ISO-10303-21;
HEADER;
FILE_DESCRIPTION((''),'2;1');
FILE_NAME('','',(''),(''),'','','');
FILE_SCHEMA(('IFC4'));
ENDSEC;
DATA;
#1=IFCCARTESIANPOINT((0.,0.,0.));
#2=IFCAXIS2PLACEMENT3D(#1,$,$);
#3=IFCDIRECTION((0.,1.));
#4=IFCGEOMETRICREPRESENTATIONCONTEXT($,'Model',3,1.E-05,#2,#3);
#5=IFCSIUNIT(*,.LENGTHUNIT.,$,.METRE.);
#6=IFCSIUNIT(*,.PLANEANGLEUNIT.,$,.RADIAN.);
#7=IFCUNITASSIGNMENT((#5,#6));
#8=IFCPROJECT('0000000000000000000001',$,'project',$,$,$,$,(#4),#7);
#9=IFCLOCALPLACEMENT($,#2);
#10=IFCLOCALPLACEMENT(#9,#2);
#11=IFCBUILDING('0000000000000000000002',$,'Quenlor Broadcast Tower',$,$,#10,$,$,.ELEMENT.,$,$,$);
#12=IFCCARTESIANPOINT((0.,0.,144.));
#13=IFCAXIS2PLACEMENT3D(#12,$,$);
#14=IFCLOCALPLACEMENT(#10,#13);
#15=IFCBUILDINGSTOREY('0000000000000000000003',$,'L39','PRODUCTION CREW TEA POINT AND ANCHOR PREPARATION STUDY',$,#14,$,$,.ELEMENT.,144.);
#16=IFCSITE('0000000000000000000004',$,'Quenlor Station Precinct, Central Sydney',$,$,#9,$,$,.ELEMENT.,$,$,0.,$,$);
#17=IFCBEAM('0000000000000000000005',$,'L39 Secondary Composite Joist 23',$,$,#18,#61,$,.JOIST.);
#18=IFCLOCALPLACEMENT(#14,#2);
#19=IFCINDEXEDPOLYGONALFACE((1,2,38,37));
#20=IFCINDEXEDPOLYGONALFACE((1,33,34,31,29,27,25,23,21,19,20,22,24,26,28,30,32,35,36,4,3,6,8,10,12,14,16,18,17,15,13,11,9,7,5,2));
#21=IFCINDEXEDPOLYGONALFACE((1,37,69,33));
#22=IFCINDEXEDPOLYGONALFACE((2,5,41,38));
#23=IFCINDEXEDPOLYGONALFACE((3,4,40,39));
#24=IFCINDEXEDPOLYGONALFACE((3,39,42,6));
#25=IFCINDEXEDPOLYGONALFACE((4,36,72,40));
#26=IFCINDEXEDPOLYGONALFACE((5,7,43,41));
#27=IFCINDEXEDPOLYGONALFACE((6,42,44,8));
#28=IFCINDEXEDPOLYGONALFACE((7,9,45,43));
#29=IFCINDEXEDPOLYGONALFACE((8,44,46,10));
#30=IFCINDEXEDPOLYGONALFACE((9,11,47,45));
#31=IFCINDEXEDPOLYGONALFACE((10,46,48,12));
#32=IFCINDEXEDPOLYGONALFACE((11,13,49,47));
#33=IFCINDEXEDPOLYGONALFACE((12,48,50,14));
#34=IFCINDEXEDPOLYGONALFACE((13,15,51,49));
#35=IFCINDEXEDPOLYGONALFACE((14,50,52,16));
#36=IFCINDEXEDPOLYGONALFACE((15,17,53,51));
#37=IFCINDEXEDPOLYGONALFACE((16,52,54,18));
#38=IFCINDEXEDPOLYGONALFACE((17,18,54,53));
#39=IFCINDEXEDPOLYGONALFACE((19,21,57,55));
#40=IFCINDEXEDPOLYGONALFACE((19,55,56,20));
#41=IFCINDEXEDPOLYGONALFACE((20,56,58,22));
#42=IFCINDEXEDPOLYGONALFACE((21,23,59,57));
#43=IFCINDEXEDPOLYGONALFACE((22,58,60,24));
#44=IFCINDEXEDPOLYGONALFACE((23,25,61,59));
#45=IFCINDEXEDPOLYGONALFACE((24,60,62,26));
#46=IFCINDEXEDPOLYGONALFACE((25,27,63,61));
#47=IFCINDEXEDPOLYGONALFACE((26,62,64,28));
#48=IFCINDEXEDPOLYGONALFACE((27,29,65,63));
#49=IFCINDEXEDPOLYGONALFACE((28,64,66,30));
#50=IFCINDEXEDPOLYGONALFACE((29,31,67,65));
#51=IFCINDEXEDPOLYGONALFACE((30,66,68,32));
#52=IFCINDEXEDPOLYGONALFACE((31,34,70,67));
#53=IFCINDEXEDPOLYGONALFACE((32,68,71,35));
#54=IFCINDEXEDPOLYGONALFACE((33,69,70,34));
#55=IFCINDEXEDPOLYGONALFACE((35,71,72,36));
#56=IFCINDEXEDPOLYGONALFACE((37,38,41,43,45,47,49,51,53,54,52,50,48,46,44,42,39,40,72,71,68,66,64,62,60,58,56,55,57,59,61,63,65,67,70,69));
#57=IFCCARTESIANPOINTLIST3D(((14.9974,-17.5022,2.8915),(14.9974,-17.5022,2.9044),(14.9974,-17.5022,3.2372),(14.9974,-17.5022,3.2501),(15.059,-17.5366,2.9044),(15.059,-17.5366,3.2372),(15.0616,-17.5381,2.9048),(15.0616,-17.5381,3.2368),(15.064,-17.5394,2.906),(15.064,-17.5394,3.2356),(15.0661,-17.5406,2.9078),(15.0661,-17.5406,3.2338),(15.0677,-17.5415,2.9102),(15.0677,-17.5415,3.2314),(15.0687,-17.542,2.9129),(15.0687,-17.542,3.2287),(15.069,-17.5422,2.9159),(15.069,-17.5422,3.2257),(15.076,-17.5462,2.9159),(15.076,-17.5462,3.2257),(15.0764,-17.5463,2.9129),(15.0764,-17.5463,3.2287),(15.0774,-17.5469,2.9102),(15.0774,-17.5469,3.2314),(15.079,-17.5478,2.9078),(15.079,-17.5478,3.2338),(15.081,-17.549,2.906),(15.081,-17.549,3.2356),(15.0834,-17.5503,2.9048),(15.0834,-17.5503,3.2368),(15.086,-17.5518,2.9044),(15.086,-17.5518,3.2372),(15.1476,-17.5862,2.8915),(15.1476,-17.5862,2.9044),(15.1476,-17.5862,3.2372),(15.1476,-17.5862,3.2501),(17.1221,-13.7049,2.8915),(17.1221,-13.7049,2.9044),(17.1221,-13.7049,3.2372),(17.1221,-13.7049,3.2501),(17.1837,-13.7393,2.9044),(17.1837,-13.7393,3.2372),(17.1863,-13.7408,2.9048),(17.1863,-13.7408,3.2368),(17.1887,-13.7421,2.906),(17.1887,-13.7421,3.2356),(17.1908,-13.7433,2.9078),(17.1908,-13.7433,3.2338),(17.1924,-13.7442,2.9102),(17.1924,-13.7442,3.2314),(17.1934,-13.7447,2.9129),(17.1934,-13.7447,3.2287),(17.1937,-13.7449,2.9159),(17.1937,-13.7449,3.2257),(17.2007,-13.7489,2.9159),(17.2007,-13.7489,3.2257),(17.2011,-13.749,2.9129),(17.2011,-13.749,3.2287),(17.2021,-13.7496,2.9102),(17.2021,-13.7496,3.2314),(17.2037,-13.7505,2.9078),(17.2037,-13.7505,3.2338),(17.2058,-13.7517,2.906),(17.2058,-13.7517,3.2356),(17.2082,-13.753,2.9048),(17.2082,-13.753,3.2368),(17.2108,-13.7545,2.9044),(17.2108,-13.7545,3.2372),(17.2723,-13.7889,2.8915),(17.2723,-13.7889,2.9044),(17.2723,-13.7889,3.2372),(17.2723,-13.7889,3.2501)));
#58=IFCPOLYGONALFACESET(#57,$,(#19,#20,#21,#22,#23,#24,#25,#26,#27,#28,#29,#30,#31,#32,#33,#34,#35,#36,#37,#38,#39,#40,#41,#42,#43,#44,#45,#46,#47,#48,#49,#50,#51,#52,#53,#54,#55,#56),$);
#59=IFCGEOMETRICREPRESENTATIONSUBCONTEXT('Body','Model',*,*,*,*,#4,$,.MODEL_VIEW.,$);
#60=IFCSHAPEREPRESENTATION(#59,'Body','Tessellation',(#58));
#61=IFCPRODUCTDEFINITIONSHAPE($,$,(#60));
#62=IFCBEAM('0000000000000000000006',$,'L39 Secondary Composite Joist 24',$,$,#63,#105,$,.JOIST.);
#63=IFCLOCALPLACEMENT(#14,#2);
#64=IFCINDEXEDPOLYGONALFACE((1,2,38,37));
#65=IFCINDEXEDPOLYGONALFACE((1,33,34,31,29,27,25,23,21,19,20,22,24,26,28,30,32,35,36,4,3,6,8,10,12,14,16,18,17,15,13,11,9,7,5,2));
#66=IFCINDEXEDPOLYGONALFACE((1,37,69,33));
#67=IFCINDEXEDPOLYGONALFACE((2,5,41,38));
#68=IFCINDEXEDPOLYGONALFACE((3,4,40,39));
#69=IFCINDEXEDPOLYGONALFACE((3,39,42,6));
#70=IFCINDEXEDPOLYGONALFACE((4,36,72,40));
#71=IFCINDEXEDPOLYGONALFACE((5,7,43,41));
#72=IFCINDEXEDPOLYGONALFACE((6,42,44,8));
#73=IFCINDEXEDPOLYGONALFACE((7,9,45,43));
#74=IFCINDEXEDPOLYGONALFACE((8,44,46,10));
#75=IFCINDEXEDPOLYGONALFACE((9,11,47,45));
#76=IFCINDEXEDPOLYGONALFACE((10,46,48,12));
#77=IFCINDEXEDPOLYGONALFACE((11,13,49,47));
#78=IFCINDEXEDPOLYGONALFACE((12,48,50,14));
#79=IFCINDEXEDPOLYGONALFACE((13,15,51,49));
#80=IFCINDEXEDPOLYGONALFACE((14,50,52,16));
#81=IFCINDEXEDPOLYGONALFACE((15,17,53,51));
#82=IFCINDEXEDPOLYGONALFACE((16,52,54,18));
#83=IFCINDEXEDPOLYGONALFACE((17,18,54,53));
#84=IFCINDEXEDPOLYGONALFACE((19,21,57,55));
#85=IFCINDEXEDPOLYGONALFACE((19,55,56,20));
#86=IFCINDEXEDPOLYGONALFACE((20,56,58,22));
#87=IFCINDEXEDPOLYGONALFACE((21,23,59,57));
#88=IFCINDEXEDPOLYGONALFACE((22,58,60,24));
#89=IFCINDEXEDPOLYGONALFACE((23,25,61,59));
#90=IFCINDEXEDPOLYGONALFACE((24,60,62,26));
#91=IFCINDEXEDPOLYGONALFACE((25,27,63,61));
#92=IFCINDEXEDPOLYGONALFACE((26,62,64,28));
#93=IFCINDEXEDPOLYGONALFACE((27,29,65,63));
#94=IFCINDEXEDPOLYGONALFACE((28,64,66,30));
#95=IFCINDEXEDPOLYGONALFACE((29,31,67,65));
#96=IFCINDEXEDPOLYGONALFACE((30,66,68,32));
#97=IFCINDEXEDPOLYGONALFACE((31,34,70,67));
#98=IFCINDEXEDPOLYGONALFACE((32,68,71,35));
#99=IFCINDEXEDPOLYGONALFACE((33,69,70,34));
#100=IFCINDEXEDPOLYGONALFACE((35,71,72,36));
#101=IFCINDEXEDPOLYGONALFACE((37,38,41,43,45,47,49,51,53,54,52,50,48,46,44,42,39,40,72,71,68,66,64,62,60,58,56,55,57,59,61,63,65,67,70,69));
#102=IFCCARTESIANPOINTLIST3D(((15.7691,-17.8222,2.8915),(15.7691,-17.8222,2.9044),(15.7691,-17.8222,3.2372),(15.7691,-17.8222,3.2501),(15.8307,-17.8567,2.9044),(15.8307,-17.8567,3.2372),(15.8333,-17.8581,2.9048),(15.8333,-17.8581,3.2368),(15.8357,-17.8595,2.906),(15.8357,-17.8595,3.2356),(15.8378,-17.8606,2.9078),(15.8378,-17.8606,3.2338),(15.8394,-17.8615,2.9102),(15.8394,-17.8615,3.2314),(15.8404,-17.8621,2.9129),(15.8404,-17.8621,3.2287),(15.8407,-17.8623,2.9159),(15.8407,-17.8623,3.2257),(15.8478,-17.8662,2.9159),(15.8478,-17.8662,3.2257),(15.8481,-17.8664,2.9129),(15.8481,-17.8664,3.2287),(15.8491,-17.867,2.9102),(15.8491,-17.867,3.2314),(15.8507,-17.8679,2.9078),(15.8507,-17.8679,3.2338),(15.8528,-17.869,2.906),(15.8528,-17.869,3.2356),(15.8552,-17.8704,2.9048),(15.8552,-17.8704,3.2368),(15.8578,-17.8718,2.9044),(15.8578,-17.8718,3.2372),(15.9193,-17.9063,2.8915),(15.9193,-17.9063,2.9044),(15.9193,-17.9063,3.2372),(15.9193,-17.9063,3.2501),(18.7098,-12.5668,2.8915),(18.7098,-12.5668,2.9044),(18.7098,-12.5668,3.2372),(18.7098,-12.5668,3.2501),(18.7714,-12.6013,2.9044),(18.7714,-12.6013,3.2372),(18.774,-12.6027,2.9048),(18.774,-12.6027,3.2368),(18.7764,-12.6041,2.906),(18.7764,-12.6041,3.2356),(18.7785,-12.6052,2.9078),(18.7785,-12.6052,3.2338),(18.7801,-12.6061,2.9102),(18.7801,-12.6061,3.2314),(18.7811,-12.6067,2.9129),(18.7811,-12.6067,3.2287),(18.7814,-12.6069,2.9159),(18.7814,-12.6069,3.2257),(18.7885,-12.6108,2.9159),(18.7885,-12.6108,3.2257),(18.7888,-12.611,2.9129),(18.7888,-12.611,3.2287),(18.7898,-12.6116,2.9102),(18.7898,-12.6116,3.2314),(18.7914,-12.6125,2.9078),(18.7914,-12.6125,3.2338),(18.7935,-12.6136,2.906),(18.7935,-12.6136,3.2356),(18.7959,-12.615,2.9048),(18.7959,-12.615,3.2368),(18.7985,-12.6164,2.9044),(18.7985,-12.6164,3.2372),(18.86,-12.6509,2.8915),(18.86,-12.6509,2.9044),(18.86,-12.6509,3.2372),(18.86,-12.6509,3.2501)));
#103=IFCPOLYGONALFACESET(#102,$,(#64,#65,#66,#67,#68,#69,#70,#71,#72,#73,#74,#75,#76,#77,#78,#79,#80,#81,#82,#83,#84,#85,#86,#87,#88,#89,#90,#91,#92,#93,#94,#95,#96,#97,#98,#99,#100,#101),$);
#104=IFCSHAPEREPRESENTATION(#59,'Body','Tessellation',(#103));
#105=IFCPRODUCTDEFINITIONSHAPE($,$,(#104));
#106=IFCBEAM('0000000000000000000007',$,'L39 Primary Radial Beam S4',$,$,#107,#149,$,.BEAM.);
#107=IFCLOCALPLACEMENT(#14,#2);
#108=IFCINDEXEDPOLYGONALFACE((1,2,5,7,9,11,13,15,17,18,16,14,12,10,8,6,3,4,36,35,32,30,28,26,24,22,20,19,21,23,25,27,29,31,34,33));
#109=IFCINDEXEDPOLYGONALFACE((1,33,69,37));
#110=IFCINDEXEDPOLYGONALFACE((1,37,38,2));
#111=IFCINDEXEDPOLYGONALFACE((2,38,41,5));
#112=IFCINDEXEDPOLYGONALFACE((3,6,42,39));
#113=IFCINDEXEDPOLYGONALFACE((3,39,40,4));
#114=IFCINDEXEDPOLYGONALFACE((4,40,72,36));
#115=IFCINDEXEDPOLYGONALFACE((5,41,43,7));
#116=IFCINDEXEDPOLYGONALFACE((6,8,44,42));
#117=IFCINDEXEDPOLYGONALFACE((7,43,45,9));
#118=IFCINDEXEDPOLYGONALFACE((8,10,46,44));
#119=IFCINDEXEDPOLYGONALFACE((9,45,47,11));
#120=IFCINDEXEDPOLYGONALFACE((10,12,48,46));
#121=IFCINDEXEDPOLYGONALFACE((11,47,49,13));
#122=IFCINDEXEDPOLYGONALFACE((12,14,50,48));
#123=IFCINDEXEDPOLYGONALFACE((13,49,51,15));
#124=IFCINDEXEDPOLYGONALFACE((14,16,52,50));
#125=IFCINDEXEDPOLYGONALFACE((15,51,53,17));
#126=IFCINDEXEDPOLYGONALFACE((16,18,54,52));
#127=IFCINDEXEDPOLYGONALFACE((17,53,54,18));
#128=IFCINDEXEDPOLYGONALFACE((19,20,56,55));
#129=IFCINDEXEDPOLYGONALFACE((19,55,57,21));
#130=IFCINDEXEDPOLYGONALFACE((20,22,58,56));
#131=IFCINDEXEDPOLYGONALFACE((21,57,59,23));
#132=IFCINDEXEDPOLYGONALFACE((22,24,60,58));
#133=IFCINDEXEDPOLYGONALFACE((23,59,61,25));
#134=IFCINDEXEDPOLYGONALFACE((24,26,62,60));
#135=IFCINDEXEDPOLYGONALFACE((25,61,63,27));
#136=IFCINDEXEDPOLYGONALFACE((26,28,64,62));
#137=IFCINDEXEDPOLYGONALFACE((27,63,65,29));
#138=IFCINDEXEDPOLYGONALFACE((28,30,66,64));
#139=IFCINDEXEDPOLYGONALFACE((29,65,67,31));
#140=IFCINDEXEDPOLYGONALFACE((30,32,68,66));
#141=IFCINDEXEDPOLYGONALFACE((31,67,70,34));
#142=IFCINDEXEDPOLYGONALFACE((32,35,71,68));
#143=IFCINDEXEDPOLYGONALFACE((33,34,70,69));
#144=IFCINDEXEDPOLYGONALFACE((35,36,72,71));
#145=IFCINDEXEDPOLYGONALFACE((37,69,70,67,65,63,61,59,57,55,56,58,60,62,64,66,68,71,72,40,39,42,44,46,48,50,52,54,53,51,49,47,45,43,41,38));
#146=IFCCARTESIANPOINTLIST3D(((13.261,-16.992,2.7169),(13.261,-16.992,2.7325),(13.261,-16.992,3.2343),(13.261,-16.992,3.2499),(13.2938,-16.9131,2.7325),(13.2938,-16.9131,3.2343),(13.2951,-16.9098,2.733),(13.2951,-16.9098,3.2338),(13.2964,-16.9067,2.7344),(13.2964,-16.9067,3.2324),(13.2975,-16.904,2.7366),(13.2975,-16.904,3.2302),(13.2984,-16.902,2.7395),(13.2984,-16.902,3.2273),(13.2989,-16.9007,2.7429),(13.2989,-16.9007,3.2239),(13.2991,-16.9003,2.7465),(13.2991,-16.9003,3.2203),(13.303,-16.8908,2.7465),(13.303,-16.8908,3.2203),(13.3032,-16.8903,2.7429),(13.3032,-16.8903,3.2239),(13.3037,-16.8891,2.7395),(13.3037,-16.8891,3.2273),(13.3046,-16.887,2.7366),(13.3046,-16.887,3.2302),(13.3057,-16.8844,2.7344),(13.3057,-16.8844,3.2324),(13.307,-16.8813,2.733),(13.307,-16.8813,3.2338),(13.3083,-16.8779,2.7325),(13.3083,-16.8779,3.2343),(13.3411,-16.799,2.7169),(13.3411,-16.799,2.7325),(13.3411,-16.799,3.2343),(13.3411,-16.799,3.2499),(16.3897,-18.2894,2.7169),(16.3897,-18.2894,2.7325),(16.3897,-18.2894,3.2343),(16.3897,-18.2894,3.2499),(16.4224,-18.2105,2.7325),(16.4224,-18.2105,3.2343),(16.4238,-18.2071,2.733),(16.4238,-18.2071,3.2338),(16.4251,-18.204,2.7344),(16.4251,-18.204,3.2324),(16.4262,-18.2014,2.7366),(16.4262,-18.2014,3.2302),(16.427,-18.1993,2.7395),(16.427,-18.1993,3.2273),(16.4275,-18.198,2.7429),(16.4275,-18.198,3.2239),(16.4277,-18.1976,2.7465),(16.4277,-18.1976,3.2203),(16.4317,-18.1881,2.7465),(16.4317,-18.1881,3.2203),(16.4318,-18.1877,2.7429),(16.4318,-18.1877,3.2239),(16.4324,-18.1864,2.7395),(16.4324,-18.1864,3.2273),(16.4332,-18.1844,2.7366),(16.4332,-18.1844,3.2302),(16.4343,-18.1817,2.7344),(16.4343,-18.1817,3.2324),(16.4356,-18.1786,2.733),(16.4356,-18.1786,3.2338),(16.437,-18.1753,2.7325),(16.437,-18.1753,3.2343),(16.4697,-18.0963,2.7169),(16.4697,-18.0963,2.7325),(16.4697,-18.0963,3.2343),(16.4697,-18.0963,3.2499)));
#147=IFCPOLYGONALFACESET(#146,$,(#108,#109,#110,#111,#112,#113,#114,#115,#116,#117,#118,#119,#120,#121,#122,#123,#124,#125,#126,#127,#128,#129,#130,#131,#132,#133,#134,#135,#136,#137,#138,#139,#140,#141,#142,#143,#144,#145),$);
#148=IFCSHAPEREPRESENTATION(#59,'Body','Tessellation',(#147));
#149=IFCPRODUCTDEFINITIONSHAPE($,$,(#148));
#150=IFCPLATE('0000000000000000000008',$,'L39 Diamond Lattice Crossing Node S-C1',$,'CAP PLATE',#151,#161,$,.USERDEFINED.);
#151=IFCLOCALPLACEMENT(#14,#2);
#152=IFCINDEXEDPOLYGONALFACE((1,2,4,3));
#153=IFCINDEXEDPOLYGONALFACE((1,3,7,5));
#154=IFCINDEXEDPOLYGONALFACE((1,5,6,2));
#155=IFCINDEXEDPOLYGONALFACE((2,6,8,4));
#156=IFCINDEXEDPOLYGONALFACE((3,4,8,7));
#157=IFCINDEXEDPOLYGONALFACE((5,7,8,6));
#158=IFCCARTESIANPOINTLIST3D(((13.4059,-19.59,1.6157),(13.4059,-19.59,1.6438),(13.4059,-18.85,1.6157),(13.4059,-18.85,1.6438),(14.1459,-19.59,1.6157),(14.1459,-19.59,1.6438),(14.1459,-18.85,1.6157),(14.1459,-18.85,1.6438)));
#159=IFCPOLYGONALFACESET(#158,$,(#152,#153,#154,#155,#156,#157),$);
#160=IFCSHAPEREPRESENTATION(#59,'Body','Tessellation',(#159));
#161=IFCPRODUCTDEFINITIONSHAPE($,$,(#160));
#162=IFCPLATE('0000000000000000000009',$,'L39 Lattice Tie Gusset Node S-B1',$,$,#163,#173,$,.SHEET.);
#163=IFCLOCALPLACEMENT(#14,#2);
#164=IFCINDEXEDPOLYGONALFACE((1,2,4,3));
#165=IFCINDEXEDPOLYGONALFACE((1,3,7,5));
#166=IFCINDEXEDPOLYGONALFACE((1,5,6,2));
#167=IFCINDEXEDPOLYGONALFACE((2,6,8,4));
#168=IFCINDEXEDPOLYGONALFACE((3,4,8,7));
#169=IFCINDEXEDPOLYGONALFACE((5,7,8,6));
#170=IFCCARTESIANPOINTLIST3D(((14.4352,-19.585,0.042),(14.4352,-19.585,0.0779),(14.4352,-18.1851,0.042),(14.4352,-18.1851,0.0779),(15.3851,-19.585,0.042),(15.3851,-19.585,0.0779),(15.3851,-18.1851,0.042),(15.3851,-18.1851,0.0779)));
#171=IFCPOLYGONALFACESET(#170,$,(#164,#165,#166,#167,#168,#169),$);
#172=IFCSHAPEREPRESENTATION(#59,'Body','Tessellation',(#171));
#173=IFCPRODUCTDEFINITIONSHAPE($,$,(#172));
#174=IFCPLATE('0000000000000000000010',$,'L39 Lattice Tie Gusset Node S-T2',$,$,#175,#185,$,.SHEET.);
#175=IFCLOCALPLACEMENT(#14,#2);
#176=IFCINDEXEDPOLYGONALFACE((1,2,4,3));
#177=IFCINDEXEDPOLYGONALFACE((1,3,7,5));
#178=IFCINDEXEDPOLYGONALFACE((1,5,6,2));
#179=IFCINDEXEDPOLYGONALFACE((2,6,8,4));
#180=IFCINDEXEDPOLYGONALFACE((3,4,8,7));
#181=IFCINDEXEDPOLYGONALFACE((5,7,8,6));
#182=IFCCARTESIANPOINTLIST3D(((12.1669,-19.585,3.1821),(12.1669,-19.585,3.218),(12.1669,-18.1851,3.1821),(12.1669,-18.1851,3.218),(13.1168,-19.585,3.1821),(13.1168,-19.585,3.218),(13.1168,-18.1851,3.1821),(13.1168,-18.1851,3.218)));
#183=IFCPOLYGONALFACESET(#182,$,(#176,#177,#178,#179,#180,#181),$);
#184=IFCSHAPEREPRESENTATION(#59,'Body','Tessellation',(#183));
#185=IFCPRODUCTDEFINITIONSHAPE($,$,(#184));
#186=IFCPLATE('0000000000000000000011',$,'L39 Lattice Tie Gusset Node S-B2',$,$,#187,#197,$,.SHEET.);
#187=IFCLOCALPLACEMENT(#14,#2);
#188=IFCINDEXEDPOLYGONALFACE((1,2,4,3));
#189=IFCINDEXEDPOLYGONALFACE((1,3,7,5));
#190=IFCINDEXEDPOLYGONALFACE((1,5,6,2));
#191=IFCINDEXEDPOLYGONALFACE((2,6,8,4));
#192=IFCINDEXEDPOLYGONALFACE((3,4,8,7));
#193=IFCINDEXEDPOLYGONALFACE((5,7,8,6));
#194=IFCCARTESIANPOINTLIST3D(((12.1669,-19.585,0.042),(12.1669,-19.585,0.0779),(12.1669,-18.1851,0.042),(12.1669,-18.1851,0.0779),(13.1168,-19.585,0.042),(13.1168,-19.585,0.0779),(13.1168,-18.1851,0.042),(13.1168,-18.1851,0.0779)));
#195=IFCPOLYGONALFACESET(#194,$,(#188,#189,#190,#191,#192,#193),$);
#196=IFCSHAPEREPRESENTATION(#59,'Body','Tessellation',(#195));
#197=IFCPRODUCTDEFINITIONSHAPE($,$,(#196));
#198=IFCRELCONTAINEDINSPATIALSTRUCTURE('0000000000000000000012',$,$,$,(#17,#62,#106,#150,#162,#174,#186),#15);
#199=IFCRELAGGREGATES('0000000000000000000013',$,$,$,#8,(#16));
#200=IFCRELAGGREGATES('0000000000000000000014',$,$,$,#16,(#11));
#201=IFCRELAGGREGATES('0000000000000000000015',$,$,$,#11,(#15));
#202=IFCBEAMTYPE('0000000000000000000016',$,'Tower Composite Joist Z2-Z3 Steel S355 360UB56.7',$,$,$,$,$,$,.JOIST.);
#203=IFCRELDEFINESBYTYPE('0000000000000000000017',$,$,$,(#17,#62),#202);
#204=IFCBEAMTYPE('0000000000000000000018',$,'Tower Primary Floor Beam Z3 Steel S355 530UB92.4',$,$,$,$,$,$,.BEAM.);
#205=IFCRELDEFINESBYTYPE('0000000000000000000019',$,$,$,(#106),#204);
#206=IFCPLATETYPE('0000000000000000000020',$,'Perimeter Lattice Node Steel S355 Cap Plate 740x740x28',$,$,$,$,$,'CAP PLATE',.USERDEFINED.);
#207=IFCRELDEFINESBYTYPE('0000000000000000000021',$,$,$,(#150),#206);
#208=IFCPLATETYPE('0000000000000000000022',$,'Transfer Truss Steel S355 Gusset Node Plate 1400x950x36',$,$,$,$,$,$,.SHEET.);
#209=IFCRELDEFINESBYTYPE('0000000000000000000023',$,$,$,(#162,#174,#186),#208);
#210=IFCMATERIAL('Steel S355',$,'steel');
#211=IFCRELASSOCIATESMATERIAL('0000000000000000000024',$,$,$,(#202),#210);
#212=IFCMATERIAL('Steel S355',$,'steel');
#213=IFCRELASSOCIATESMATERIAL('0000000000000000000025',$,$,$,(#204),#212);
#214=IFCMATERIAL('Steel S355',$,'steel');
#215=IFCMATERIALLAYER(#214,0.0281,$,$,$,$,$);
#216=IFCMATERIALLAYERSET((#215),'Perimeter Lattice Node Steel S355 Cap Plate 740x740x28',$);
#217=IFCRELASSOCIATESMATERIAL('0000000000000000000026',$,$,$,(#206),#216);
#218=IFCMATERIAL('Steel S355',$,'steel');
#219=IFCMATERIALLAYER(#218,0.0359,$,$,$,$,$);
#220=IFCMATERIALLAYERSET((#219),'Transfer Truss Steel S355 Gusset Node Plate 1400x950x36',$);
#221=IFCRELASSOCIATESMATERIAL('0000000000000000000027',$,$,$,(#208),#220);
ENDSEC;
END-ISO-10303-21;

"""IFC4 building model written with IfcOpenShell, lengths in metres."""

from ifc_helpers import new_model, si_unit, direction, frame, origin, origin_2d, place, context, subcontext, project, spatial, rectangle, i_section, extrude, material, layer, layer_set, material_profile, profile_set, type_object, element, save


model = new_model("IFC4")

# Units and contexts
model_context = context("Model", 3, precision=1e-05, world=origin(), true_north=direction((0.0, 1.0)))
body_context = subcontext(model_context, "Body", "Model", "MODEL_VIEW")
ifc_project = project(units=[si_unit("LENGTHUNIT", "METRE"), si_unit("PLANEANGLEUNIT", "RADIAN")], contexts=[model_context])

# Site, building, storey
site_placement = place(None, origin())
site = spatial("IfcSite", under=ifc_project, at=site_placement, Name="Quenlor Station Precinct, Central Sydney", CompositionType="ELEMENT", RefElevation=0.0)
building_placement = place(site_placement, origin())
building = spatial("IfcBuilding", under=site, at=building_placement, Name="Quenlor Broadcast Tower", CompositionType="ELEMENT")
storey_placement = place(building_placement, frame((0.0, 0.0, 144.0)))
storey = spatial("IfcBuildingStorey", under=building, at=storey_placement, Name="L39", Description="PRODUCTION CREW TEA POINT AND ANCHOR PREPARATION STUDY", CompositionType="ELEMENT", Elevation=144.0)

# Beams
ifc_material_1 = material(Name="Steel S355", Category="steel")
ifc_material_profile_1 = material_profile(ifc_material_1, i_section(OverallWidth=0.1721, OverallDepth=0.3586, WebThickness=0.0081, FlangeThickness=0.0129, FilletRadius=0.0115, at=origin_2d()))
ifc_profile_set_1 = profile_set([ifc_material_profile_1], Name="Steel S355 360UB56.7")
beam_type_1 = type_object("IfcBeamType", Name="Tower Composite Joist Z2-Z3 Steel S355 360UB56.7", PredefinedType="JOIST", material=ifc_profile_set_1)
beam_1_placement = place(storey_placement, frame((15.0725, -17.5442, 3.0708), z_axis=(0.488294, 0.872679, 0.0), x_axis=(-0.872679, 0.488294, 0.0)))
element("IfcBeam", 1, at=beam_1_placement, inside=storey, type_object=beam_type_1, Name="L39 Secondary Composite Joist 23", PredefinedType="JOIST", context=body_context, shape_type="SweptSolid", body=[
    extrude(i_section(OverallWidth=0.1721, OverallDepth=0.3586, WebThickness=0.0081, FlangeThickness=0.0129, FilletRadius=0.0115, at=origin_2d()), origin(), (0.0, 0.0, 1.0), 4.3513),
])
beam_2_placement = place(storey_placement, frame((15.8442, -17.8643, 3.0708), z_axis=(0.488308, 0.872671, 0.0), x_axis=(-0.872671, 0.488308, 0.0)))
element("IfcBeam", 2, at=beam_2_placement, inside=storey, type_object=beam_type_1, Name="L39 Secondary Composite Joist 24", PredefinedType="JOIST", context=body_context, shape_type="SweptSolid", body=[
    extrude(i_section(OverallWidth=0.1721, OverallDepth=0.3586, WebThickness=0.0081, FlangeThickness=0.0129, FilletRadius=0.0115, at=origin_2d()), origin(), (0.0, 0.0, 1.0), 6.0222),
])
ifc_material_2 = material(Name="Steel S355", Category="steel")
ifc_material_profile_2 = material_profile(ifc_material_2, i_section(OverallWidth=0.209, OverallDepth=0.533, WebThickness=0.0103, FlangeThickness=0.0156, FilletRadius=0.0139, at=origin_2d()))
ifc_profile_set_2 = profile_set([ifc_material_profile_2], Name="Steel S355 530UB92.4")
beam_type_2 = type_object("IfcBeamType", Name="Tower Primary Floor Beam Z3 Steel S355 530UB92.4", PredefinedType="BEAM", material=ifc_profile_set_2)
beam_3_placement = place(storey_placement, frame((16.4297, -18.1929, 2.9834), z_axis=(-0.92373, 0.383044, 0.0), x_axis=(-0.383044, -0.92373, 0.0)))
element("IfcBeam", 3, at=beam_3_placement, inside=storey, type_object=beam_type_2, Name="L39 Primary Radial Beam S4", PredefinedType="BEAM", context=body_context, shape_type="SweptSolid", body=[
    extrude(i_section(OverallWidth=0.209, OverallDepth=0.533, WebThickness=0.0103, FlangeThickness=0.0156, FilletRadius=0.0139, at=origin_2d()), origin(), (0.0, 0.0, 1.0), 3.387),
])

# Plates
ifc_material_3 = material(Name="Steel S355", Category="steel")
ifc_layer_1 = layer(ifc_material_3, 0.0281)
ifc_layer_set_1 = layer_set([ifc_layer_1], Name="Perimeter Lattice Node Steel S355 Cap Plate 740x740x28")
plate_type_1 = type_object("IfcPlateType", Name="Perimeter Lattice Node Steel S355 Cap Plate 740x740x28", ElementType="CAP PLATE", PredefinedType="USERDEFINED", material=ifc_layer_set_1)
plate_placement = place(storey_placement, frame((13.7759, -19.22, 1.6157), z_axis=(0.0, 0.0, 1.0), x_axis=(-1.0, 0.0, 0.0)))
element("IfcPlate", 4, at=plate_placement, inside=storey, type_object=plate_type_1, Name="L39 Diamond Lattice Crossing Node S-C1", ObjectType="CAP PLATE", PredefinedType="USERDEFINED", context=body_context, shape_type="SweptSolid", body=[
    extrude(rectangle(XDim=0.74, YDim=0.74, at=origin_2d()), origin(), (0.0, 0.0, 1.0), 0.0281),
])
ifc_material_4 = material(Name="Steel S355", Category="steel")
ifc_layer_2 = layer(ifc_material_4, 0.0359)
ifc_layer_set_2 = layer_set([ifc_layer_2], Name="Transfer Truss Steel S355 Gusset Node Plate 1400x950x36")
plate_type_2 = type_object("IfcPlateType", Name="Transfer Truss Steel S355 Gusset Node Plate 1400x950x36", PredefinedType="SHEET", material=ifc_layer_set_2)
for number, where, z_axis, x_axis, name in (
    (5, (14.9102, -18.885, 0.042), (0.0, 0.0, 1.0), (0.0, -1.0, 0.0), "L39 Lattice Tie Gusset Node S-B1"),
    (6, (12.6418, -18.885, 3.1821), (0.0, 0.0, 1.0), (0.0, -1.0, 0.0), "L39 Lattice Tie Gusset Node S-T2"),
    (7, (12.6418, -18.885, 0.042), (0.0, 0.0, 1.0), (0.0, -1.0, 0.0), "L39 Lattice Tie Gusset Node S-B2"),
):
    element("IfcPlate", number, at=place(storey_placement, frame(where, z_axis=z_axis, x_axis=x_axis)), inside=storey, type_object=plate_type_2, Name=name, PredefinedType="SHEET", context=body_context, shape_type="SweptSolid", body=[
        extrude(rectangle(XDim=1.3999, YDim=0.95, at=origin_2d()), origin(), (0.0, 0.0, 1.0), 0.0359),
    ])

save(model, "model.ifc")
